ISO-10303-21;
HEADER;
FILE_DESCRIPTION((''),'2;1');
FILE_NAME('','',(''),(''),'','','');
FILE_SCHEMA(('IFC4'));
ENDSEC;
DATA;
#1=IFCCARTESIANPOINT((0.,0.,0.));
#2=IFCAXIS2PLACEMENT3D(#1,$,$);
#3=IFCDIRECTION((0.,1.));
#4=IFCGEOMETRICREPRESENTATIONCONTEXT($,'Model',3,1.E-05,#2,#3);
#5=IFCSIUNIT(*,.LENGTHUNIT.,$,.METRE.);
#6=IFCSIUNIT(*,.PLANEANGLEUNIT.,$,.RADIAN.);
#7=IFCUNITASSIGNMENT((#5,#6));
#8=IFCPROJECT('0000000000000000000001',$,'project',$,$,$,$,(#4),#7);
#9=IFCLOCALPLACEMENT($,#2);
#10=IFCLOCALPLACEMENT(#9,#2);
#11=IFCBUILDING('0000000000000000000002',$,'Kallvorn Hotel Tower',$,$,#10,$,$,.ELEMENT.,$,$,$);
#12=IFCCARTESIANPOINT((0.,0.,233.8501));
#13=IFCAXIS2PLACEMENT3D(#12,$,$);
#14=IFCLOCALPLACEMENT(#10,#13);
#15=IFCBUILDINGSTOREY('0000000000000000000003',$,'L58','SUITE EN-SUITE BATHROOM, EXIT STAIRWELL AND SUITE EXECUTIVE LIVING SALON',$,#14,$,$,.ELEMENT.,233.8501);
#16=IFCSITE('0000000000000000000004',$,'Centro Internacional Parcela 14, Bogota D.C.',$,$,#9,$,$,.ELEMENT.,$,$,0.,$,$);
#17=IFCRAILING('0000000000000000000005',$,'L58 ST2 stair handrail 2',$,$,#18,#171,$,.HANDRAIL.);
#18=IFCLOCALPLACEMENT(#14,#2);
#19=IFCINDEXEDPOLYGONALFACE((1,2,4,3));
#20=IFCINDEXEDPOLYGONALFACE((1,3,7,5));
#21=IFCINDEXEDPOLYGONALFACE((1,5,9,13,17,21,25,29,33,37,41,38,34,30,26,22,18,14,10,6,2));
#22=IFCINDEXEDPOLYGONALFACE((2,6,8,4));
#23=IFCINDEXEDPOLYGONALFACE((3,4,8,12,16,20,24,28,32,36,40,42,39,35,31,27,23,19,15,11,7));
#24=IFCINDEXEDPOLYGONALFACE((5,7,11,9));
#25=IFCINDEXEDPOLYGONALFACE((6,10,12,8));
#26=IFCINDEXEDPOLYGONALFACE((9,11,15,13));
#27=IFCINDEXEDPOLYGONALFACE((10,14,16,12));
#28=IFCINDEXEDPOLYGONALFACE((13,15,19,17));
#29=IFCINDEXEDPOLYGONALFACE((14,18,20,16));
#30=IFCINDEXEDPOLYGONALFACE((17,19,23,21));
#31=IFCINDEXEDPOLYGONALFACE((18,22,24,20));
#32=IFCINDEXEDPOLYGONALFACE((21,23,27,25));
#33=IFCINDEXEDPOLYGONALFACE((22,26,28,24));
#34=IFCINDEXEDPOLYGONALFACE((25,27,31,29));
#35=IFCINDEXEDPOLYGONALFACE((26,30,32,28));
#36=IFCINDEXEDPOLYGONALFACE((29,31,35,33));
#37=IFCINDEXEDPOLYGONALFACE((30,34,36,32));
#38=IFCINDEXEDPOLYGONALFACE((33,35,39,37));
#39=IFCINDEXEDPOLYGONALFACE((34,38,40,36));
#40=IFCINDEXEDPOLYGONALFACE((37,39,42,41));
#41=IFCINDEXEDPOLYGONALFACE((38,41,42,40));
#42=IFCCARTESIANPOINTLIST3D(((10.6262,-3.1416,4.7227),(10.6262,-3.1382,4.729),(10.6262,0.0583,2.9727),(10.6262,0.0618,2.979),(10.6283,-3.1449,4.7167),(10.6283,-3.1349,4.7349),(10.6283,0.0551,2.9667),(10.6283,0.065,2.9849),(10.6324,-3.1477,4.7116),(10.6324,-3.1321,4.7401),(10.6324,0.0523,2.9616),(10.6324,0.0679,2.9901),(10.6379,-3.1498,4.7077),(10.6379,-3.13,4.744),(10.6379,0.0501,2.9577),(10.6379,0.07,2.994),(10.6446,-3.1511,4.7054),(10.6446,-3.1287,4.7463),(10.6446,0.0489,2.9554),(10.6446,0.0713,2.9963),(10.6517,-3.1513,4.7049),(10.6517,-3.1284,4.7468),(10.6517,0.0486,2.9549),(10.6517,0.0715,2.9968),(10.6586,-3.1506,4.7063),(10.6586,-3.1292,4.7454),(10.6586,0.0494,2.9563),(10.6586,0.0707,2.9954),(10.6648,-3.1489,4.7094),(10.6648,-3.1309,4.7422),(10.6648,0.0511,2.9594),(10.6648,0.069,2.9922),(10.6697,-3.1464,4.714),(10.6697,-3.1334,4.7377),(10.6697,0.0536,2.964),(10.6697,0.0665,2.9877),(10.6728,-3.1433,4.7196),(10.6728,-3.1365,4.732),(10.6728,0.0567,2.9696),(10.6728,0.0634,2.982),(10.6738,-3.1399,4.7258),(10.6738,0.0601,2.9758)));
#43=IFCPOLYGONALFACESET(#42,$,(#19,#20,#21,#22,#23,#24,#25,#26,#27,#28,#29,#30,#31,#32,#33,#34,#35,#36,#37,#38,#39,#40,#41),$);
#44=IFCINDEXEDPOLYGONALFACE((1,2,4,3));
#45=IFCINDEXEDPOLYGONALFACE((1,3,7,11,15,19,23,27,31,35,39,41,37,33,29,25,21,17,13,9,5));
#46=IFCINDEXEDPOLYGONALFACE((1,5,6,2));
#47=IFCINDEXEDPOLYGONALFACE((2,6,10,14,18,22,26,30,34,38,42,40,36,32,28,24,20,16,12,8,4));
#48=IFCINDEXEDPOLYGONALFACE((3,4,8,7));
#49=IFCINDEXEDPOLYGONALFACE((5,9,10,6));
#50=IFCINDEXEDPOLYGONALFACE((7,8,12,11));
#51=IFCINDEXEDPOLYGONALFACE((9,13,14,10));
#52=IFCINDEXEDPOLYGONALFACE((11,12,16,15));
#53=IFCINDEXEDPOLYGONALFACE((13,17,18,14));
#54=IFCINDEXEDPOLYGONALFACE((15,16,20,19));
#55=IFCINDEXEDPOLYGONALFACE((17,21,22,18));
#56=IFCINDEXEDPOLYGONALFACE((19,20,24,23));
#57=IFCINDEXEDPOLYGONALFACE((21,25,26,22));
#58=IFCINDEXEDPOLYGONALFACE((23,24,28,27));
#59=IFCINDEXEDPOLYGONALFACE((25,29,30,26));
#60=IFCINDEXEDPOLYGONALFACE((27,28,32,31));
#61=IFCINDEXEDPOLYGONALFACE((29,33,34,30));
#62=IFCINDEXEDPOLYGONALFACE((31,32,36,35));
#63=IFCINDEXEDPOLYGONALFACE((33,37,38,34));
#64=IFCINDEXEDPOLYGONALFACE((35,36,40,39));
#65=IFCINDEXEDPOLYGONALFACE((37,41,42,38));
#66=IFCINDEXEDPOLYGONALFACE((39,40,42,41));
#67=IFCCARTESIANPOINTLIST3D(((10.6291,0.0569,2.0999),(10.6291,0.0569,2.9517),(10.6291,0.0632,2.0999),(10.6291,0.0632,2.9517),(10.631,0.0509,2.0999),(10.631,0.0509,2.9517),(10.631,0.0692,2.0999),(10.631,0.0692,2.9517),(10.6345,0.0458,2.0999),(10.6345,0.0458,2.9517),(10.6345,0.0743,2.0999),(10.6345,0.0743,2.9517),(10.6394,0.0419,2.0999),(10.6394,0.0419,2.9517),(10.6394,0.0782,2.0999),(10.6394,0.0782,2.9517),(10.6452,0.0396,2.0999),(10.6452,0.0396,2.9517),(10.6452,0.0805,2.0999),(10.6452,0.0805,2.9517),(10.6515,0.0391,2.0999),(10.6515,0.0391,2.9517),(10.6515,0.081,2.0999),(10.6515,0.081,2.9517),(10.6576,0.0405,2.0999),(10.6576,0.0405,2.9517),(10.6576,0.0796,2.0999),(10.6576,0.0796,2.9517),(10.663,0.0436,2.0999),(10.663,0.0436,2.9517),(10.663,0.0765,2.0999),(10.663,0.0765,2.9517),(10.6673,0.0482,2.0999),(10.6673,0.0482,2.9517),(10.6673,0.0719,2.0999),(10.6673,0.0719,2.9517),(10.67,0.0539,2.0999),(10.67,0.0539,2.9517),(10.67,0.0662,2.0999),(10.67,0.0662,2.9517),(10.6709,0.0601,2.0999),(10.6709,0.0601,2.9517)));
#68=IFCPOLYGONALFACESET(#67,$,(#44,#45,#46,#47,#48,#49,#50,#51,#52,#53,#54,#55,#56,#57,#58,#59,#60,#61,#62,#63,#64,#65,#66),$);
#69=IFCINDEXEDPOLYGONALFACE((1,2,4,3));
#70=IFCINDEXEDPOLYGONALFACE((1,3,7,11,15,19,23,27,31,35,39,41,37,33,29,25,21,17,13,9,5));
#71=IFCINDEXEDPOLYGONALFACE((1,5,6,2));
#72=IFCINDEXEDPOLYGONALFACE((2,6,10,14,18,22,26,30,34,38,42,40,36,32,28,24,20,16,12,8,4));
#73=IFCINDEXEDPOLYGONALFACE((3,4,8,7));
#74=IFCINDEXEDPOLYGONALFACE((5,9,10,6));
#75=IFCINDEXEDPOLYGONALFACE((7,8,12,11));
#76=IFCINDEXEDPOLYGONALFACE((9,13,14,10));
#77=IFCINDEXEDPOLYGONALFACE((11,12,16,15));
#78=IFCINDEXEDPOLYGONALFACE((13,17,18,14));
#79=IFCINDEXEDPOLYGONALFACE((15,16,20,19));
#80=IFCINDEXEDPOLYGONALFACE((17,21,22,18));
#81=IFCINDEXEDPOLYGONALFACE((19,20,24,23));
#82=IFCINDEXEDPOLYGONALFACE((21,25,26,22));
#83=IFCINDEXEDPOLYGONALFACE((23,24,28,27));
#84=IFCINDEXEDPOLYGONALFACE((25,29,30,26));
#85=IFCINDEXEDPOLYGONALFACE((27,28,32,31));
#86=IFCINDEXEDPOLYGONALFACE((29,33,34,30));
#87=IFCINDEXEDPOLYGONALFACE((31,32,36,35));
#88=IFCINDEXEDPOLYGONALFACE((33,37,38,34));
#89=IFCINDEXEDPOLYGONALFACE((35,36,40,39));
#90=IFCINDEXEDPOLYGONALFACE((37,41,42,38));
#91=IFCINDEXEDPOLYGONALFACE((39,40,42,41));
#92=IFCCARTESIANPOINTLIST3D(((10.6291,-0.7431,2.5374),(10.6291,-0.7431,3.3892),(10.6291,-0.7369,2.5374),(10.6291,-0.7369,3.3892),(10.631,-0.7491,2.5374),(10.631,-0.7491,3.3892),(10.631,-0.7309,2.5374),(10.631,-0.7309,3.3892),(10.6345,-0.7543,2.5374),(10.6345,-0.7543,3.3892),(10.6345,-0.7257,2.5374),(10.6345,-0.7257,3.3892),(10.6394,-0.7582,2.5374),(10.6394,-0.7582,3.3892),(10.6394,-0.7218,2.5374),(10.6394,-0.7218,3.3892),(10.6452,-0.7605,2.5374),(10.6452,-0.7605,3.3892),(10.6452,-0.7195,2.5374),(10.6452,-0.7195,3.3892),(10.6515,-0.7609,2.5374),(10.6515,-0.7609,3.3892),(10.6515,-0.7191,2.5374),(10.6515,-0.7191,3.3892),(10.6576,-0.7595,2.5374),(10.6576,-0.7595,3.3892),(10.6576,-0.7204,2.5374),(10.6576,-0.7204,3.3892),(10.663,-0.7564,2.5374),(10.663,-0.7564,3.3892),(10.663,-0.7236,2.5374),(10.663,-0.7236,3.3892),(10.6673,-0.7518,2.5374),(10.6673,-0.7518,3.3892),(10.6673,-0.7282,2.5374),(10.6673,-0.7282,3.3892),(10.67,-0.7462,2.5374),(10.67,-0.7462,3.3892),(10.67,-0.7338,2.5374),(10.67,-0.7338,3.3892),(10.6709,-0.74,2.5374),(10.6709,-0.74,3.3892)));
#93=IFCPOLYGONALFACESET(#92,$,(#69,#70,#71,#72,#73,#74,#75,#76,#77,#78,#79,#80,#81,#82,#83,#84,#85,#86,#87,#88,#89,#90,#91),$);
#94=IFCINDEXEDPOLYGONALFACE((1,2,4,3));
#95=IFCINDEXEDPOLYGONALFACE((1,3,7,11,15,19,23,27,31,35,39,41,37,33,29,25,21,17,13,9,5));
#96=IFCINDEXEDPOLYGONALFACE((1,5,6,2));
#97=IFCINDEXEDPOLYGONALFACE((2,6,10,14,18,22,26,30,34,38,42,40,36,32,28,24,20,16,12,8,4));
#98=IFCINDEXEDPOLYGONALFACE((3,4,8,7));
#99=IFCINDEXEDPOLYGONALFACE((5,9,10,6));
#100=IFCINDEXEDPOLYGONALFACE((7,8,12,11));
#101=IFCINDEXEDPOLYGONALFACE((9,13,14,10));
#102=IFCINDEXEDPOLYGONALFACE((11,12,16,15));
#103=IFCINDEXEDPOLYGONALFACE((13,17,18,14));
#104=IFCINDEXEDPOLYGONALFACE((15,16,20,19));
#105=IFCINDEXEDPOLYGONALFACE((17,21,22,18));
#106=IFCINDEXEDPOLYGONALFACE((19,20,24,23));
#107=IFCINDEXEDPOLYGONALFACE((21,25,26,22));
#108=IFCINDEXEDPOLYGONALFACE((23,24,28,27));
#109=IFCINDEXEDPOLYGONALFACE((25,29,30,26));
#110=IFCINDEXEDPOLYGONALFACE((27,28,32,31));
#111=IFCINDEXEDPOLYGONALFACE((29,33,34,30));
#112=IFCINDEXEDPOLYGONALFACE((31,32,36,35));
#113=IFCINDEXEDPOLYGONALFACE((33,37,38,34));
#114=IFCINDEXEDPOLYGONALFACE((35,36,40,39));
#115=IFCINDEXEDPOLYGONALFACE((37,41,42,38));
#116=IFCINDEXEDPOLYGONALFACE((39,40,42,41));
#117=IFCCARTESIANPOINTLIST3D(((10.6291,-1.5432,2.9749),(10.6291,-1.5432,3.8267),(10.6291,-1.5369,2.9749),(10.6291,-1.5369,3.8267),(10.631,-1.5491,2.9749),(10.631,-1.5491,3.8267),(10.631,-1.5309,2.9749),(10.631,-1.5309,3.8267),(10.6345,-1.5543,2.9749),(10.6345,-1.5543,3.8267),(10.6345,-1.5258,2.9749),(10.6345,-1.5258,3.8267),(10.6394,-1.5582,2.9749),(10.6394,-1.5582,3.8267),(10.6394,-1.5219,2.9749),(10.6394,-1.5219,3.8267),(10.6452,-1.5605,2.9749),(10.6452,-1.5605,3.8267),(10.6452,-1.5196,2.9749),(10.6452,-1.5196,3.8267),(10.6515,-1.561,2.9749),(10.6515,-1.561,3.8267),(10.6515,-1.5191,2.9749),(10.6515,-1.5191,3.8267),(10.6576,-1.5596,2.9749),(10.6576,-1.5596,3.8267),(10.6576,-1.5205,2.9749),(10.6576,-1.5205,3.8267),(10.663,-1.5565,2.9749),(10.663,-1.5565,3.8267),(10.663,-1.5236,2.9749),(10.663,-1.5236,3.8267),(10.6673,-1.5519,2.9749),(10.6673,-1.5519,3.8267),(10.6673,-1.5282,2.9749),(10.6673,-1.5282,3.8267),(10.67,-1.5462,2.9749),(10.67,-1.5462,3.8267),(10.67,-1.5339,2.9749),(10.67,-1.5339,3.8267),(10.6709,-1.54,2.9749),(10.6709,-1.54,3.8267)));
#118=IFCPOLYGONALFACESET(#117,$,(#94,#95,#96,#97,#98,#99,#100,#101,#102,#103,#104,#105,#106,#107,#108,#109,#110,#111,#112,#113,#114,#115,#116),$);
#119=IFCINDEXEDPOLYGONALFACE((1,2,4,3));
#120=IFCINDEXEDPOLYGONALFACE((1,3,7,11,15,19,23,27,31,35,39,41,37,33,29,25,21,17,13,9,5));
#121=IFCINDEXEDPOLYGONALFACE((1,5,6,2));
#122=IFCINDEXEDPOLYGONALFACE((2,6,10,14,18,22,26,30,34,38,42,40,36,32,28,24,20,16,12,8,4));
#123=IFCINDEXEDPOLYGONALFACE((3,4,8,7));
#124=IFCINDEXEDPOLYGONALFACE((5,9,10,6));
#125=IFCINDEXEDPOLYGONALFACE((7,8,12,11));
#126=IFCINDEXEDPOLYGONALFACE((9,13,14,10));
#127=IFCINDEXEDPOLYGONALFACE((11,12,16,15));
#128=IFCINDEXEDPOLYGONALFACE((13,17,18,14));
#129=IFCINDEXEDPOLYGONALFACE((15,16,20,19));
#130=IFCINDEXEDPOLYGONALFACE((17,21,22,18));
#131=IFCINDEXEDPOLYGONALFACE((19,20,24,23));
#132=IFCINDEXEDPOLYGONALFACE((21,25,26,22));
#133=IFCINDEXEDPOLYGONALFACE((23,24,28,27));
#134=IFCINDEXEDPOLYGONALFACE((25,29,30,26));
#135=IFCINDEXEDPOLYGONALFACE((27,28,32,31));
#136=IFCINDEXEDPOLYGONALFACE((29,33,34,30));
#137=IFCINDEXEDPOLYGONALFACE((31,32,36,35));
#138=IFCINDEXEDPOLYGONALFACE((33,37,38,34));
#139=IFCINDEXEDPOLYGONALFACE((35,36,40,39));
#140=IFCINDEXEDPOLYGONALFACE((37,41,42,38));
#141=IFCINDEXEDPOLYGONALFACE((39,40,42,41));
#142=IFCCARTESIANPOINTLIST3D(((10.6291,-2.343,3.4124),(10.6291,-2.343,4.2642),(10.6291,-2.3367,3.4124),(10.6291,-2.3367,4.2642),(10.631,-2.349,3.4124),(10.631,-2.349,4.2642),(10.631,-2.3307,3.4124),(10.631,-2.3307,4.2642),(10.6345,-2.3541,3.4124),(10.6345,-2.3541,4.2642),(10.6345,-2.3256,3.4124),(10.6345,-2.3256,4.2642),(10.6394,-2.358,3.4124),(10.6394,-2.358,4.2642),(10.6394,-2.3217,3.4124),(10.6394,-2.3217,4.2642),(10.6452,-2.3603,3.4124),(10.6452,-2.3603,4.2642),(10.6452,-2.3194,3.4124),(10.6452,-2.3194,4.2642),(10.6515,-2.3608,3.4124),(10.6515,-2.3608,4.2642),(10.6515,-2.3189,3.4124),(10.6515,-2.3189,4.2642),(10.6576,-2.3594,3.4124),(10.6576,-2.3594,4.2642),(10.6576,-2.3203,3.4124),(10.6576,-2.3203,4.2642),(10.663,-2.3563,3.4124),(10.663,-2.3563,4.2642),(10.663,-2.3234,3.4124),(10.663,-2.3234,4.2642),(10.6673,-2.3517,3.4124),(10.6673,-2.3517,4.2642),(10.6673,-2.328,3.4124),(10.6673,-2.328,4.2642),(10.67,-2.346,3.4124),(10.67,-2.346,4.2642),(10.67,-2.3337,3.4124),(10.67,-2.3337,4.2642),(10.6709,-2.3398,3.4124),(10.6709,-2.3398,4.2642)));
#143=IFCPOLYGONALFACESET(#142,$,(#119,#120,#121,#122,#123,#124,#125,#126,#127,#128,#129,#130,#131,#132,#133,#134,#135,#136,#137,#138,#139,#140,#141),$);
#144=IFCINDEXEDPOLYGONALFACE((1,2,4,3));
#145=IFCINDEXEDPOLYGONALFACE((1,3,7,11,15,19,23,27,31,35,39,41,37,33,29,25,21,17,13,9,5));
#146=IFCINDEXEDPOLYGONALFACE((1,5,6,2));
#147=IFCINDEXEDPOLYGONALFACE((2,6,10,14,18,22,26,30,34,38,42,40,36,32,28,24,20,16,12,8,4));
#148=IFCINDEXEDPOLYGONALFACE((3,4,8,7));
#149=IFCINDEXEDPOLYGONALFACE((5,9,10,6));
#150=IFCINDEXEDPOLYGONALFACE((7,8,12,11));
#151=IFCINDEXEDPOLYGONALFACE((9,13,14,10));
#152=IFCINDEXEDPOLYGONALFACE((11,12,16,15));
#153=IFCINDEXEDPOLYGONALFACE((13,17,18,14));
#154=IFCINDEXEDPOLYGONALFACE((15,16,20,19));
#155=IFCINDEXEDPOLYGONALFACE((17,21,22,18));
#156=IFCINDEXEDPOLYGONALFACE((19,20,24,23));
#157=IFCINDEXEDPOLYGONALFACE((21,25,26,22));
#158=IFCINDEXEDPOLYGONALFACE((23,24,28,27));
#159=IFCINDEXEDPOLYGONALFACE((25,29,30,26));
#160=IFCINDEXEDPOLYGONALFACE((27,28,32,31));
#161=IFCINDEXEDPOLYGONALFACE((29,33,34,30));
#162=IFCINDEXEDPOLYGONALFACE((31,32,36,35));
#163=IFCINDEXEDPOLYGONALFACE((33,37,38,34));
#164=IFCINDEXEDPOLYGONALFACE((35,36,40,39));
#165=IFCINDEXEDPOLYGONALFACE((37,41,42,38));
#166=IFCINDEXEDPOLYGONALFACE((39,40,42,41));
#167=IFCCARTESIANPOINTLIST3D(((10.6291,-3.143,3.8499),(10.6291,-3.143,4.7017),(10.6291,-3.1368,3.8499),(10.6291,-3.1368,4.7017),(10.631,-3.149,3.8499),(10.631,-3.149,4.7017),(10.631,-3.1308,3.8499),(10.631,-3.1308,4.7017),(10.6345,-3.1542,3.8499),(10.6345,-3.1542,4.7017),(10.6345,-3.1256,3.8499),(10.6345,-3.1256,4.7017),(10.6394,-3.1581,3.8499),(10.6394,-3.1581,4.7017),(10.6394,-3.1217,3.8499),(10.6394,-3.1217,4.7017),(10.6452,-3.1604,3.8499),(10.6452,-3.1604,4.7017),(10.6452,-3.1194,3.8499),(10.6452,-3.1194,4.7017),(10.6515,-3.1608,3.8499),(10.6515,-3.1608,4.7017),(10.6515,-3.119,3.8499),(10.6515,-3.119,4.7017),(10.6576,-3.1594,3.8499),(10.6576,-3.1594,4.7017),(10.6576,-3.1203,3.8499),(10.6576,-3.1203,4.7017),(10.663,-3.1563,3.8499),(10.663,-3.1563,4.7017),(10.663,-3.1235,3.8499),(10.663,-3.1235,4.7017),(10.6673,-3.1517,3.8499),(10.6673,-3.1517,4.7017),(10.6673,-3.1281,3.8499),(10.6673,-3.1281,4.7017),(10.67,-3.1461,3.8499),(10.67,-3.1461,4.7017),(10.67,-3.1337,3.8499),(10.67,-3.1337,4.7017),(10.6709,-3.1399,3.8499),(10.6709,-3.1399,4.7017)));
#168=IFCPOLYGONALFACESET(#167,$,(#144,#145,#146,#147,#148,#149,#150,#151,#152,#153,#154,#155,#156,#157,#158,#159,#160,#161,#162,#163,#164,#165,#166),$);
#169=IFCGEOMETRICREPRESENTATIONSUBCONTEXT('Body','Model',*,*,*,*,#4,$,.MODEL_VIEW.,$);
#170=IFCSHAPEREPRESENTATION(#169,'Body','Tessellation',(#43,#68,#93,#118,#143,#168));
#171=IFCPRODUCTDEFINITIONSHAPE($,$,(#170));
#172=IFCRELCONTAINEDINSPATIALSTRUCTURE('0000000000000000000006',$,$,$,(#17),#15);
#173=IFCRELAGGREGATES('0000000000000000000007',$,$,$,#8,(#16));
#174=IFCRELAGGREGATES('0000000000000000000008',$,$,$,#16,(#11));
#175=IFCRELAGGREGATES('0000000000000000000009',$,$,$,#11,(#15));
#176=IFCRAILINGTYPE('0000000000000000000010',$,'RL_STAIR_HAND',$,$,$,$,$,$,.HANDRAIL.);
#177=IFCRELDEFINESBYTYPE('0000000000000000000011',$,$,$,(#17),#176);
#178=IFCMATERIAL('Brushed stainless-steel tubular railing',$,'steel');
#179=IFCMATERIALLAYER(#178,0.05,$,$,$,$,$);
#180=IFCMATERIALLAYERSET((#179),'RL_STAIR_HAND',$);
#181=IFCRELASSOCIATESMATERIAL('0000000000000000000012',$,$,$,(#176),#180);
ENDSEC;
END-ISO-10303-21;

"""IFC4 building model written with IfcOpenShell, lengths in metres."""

from ifc_helpers import new_model, si_unit, direction, frame, origin, origin_2d, place, context, subcontext, project, spatial, circle, extrude, material, layer, layer_set, type_object, element, save


model = new_model("IFC4")

# Units and contexts
model_context = context("Model", 3, precision=1e-05, world=origin(), true_north=direction((0.0, 1.0)))
body_context = subcontext(model_context, "Body", "Model", "MODEL_VIEW")
ifc_project = project(units=[si_unit("LENGTHUNIT", "METRE"), si_unit("PLANEANGLEUNIT", "RADIAN")], contexts=[model_context])

# Site, building, storey
site_placement = place(None, origin())
site = spatial("IfcSite", under=ifc_project, at=site_placement, Name="Centro Internacional Parcela 14, Bogota D.C.", CompositionType="ELEMENT", RefElevation=0.0)
building_placement = place(site_placement, origin())
building = spatial("IfcBuilding", under=site, at=building_placement, Name="Kallvorn Hotel Tower", CompositionType="ELEMENT")
storey_placement = place(building_placement, frame((0.0, 0.0, 233.8501)))
storey = spatial("IfcBuildingStorey", under=building, at=storey_placement, Name="L58", Description="SUITE EN-SUITE BATHROOM, EXIT STAIRWELL AND SUITE EXECUTIVE LIVING SALON", CompositionType="ELEMENT", Elevation=233.8501)

# Railing
ifc_material_1 = material(Name="Brushed stainless-steel tubular railing", Category="steel")
ifc_layer_1 = layer(ifc_material_1, 0.05)
ifc_layer_set_1 = layer_set([ifc_layer_1], Name="RL_STAIR_HAND")
railing_type_1 = type_object("IfcRailingType", Name="RL_STAIR_HAND", PredefinedType="HANDRAIL", material=ifc_layer_set_1)
railing_1_placement = place(storey_placement, frame((10.6499, 0.0601, 2.0999)))
element("IfcRailing", 1, at=railing_1_placement, inside=storey, type_object=railing_type_1, Name="L58 ST2 stair handrail 2", PredefinedType="HANDRAIL", context=body_context, shape_type="SweptSolid", body=[
    extrude(circle(Radius=0.0239, at=origin_2d()), frame((0.0, 0.0, 0.876), z_axis=(0.0, -0.877368, 0.479818), x_axis=(1.0, 0.0, 0.0)), (0.0, 0.0, 1.0), 3.6472),
    extrude(circle(Radius=0.021, at=origin_2d()), origin(), (0.0, 0.0, 1.0), 0.8518),
    extrude(circle(Radius=0.021, at=origin_2d()), frame((0.0, -0.8, 0.4375)), (0.0, 0.0, 1.0), 0.8518),
    extrude(circle(Radius=0.021, at=origin_2d()), frame((0.0, -1.6001, 0.875)), (0.0, 0.0, 1.0), 0.8518),
    extrude(circle(Radius=0.021, at=origin_2d()), frame((0.0, -2.3999, 1.3125)), (0.0, 0.0, 1.0), 0.8518),
    extrude(circle(Radius=0.021, at=origin_2d()), frame((0.0, -3.2, 1.75)), (0.0, 0.0, 1.0), 0.8518),
])

save(model, "model.ifc")
